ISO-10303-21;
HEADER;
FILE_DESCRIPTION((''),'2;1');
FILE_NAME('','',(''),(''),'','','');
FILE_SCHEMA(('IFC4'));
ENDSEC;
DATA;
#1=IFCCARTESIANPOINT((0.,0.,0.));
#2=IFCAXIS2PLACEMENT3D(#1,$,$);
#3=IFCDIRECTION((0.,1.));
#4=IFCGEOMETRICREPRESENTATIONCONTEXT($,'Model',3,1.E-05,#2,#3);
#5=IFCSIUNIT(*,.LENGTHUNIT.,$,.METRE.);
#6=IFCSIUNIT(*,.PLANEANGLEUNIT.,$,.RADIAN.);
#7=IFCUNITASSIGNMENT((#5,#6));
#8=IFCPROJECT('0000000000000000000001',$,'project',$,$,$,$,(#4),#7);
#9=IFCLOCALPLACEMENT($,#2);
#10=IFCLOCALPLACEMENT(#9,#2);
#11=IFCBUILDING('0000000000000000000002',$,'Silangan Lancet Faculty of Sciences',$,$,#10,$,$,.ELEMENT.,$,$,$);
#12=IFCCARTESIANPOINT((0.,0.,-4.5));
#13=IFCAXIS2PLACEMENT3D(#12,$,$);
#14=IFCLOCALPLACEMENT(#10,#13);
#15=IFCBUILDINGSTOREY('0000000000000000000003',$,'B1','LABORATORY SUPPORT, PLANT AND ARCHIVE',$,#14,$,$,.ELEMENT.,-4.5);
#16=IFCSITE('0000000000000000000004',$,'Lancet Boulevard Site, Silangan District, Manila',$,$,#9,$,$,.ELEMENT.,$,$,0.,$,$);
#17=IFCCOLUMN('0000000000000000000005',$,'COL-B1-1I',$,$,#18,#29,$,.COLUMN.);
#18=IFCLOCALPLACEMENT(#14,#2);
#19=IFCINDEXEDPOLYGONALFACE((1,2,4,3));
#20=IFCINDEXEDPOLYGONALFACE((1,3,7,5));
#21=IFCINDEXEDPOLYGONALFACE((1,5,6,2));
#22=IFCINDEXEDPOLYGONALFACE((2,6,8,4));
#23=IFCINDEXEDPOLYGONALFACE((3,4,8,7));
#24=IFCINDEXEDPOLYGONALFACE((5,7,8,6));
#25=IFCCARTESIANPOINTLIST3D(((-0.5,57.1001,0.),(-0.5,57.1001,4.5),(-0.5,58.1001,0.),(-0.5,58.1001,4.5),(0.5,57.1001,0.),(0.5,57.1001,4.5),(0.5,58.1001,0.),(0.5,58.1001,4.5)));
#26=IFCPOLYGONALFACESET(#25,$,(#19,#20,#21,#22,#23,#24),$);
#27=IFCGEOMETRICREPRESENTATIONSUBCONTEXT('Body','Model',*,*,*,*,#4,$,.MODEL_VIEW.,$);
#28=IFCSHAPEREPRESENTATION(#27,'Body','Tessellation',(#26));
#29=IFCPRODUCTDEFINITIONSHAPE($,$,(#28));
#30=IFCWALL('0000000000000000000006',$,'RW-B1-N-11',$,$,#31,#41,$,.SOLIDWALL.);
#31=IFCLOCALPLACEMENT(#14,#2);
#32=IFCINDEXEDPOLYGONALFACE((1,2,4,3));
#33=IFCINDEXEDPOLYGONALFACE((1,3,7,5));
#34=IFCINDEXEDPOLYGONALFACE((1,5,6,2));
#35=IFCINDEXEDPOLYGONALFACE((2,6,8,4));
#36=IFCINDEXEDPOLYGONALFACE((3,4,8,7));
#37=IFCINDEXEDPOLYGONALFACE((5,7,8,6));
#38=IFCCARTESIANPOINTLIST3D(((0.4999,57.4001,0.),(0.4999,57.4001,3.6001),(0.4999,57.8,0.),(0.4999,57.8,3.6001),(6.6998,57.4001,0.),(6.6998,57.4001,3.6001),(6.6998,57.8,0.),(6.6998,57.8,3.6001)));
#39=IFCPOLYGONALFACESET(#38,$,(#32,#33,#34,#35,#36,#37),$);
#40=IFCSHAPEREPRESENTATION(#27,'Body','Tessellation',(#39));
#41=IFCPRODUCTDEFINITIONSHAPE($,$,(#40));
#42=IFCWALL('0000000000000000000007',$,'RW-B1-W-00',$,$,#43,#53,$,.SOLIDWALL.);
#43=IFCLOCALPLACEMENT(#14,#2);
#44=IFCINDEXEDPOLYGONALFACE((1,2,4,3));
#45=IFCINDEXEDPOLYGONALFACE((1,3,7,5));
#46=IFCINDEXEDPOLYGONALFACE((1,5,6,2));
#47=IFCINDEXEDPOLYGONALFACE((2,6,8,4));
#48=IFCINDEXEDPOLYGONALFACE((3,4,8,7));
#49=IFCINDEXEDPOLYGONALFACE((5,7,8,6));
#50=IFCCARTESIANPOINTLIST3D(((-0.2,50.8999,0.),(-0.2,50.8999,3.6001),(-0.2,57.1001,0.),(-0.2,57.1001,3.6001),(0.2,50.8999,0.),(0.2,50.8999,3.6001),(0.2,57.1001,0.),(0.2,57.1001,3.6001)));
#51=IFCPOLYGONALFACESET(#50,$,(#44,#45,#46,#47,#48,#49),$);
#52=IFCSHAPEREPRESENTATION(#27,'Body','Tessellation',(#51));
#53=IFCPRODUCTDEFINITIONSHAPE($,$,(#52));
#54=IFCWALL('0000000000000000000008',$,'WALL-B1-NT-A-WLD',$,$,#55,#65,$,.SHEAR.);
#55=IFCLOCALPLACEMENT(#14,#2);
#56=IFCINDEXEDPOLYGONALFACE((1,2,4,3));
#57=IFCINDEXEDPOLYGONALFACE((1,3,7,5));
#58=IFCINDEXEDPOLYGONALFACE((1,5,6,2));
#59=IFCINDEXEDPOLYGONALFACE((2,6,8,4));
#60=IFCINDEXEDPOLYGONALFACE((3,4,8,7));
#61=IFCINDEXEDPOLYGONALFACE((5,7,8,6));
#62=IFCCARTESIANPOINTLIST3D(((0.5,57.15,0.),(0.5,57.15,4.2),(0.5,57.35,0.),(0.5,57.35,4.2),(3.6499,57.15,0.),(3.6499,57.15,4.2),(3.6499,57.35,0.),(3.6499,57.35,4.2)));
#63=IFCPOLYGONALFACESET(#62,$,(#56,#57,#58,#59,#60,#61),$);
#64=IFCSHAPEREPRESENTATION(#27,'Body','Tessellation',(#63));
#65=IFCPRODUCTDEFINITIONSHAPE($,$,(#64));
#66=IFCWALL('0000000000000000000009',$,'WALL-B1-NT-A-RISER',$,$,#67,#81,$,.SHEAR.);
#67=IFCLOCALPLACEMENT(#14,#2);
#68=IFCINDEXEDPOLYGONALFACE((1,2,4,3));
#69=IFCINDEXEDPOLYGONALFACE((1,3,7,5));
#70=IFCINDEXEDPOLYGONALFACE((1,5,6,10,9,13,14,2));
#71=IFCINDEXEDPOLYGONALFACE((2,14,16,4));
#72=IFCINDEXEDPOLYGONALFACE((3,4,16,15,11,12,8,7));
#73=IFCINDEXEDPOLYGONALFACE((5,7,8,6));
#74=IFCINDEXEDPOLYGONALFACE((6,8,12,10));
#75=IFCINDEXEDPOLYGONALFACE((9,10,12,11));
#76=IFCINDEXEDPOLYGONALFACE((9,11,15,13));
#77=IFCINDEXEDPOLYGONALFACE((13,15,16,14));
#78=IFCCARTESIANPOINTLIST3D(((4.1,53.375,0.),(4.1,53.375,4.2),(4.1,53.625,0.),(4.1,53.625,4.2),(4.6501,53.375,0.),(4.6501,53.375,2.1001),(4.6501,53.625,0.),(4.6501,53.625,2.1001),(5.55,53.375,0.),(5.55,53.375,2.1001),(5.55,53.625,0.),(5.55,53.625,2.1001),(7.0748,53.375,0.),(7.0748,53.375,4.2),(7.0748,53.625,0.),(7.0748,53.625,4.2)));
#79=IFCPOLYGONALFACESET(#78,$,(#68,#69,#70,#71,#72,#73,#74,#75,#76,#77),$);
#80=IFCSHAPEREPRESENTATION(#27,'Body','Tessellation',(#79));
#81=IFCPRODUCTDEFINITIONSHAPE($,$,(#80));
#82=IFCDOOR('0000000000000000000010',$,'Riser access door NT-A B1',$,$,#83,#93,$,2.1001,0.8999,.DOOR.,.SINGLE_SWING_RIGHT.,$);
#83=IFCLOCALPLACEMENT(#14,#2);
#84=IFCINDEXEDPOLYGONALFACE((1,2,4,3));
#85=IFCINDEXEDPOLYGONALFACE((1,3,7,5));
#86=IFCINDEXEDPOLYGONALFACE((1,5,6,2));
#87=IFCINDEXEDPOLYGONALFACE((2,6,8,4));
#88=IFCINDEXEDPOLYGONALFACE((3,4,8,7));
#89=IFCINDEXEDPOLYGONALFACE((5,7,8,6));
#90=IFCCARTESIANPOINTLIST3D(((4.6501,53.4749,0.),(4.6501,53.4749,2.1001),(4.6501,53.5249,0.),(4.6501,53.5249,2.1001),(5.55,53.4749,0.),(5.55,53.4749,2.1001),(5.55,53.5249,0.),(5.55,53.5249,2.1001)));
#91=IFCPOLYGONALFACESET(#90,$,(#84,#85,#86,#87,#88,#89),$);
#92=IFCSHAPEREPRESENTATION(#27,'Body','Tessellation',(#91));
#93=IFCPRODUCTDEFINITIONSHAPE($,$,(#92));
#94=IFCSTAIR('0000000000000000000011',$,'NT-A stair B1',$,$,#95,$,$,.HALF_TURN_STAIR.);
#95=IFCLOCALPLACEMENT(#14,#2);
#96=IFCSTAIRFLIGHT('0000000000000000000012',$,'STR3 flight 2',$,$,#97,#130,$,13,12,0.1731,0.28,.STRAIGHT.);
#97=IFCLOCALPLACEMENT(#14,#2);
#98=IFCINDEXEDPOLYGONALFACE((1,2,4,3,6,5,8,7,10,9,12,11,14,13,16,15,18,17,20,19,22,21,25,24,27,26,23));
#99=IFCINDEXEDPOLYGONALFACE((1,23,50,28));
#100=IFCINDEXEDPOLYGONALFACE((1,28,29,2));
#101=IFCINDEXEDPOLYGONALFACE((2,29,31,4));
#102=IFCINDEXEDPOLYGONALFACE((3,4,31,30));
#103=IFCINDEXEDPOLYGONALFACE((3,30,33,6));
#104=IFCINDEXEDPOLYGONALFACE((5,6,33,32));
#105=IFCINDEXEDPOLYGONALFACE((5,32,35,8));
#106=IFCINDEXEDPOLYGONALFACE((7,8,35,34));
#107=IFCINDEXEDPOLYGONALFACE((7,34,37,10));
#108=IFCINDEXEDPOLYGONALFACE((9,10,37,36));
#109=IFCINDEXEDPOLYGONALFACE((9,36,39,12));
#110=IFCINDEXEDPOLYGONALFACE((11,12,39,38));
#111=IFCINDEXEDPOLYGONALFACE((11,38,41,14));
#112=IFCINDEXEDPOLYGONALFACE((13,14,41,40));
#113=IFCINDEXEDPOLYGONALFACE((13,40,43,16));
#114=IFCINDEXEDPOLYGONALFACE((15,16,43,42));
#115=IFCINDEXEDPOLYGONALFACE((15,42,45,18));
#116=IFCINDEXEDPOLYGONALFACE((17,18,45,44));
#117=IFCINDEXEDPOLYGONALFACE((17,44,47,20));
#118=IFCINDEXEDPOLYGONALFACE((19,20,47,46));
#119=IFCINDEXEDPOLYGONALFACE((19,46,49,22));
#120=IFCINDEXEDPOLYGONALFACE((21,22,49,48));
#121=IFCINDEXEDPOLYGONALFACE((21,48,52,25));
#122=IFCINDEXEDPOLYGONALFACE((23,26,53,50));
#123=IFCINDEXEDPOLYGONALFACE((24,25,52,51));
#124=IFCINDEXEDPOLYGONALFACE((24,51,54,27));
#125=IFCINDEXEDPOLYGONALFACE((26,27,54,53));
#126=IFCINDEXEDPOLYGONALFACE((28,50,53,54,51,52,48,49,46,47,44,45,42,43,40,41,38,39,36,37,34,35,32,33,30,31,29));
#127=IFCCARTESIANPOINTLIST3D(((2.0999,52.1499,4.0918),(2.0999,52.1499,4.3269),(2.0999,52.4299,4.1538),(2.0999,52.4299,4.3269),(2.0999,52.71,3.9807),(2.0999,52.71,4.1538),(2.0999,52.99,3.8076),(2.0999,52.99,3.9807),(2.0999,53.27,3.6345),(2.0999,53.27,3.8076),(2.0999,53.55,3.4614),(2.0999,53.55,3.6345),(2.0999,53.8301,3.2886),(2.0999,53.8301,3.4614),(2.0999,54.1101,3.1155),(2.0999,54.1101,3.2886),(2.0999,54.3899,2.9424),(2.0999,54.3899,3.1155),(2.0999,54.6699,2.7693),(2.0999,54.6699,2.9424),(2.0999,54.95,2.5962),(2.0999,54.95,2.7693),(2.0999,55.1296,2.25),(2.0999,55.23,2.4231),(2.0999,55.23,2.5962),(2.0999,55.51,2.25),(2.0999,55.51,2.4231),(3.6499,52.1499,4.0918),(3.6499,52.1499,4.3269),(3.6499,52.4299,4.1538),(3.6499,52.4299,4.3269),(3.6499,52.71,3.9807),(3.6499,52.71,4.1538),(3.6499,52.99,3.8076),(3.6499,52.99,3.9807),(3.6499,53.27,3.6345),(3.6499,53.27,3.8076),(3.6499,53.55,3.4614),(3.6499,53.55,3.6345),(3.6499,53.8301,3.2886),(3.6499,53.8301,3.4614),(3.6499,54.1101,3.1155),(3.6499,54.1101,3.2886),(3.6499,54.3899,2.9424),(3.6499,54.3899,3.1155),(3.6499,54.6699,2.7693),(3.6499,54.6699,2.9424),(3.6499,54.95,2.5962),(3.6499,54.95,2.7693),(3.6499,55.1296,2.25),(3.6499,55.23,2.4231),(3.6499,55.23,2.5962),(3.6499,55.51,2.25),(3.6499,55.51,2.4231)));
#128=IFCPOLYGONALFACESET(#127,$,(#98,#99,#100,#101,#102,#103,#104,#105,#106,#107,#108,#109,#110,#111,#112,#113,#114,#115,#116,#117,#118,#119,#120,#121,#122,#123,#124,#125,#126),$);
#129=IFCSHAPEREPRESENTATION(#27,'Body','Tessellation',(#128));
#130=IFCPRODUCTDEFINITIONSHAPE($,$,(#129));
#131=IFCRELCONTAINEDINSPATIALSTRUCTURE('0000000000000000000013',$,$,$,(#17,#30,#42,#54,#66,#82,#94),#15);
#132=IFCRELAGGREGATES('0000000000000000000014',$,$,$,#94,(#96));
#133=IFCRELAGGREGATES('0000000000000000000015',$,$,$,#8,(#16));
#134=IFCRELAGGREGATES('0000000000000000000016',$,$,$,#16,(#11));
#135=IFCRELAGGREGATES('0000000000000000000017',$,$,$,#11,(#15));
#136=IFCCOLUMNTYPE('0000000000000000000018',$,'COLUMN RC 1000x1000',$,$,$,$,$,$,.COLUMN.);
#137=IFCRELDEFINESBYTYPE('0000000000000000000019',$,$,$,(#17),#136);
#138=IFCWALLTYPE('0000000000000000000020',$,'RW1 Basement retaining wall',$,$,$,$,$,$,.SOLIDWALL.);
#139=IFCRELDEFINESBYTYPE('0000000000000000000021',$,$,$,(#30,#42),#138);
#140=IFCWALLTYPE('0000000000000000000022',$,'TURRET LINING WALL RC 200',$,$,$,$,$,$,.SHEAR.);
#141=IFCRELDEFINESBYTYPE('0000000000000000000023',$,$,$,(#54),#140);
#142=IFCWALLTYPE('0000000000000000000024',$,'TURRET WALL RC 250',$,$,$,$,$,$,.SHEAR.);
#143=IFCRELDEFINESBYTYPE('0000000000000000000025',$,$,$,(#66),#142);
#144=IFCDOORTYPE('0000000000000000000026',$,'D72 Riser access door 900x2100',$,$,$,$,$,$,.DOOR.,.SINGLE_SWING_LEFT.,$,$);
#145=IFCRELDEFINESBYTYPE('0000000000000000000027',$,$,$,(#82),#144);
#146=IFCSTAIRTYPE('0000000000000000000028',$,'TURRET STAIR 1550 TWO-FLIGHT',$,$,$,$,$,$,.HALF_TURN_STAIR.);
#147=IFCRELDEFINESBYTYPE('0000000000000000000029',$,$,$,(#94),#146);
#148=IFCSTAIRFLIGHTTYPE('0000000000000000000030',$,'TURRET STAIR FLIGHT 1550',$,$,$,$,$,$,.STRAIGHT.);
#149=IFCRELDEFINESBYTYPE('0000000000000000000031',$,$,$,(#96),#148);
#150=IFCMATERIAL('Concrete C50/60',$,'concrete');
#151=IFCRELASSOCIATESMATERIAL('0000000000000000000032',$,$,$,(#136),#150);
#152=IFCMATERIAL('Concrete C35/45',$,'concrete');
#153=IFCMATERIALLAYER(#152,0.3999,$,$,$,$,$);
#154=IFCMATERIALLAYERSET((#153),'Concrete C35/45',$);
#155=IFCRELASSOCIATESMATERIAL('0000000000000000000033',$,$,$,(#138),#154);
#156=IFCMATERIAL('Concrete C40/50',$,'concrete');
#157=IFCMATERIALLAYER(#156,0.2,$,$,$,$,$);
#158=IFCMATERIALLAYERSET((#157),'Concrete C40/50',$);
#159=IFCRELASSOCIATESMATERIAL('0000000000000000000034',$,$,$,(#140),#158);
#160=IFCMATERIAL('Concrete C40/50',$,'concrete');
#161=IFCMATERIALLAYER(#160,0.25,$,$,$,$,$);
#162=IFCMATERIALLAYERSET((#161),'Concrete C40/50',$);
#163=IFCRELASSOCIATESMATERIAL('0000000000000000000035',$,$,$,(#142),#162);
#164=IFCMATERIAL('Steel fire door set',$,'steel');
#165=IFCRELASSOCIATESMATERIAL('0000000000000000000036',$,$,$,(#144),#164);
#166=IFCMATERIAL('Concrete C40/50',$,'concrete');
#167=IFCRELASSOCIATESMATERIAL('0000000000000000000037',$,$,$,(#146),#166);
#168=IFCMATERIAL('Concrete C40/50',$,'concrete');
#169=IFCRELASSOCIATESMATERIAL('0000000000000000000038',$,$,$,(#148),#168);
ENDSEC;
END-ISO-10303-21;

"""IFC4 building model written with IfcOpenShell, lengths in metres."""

from ifc_helpers import new_model, si_unit, direction, frame, frame_2d, origin, origin_2d, place, context, subcontext, project, spatial, polyline, rectangle, outline, extrude, material, layer, layer_set, material_profile, profile_set, type_object, element, fill, aggregate, save


model = new_model("IFC4")

# Units and contexts
model_context = context("Model", 3, precision=1e-05, world=origin(), true_north=direction((0.0, 1.0)))
body_context = subcontext(model_context, "Body", "Model", "MODEL_VIEW")
ifc_project = project(units=[si_unit("LENGTHUNIT", "METRE"), si_unit("PLANEANGLEUNIT", "RADIAN")], contexts=[model_context])

# Site, building, storey
site_placement = place(None, origin())
site = spatial("IfcSite", under=ifc_project, at=site_placement, Name="Lancet Boulevard Site, Silangan District, Manila", CompositionType="ELEMENT", RefElevation=0.0)
building_placement = place(site_placement, origin())
building = spatial("IfcBuilding", under=site, at=building_placement, Name="Silangan Lancet Faculty of Sciences", CompositionType="ELEMENT")
storey_placement = place(building_placement, frame((0.0, 0.0, -4.5)))
storey = spatial("IfcBuildingStorey", under=building, at=storey_placement, Name="B1", Description="LABORATORY SUPPORT, PLANT AND ARCHIVE", CompositionType="ELEMENT", Elevation=-4.5)

# Column
ifc_material_1 = material(Name="Concrete C50/60", Category="concrete")
ifc_material_profile_1 = material_profile(ifc_material_1, rectangle(XDim=1.0, YDim=1.0, at=origin_2d()), Name="RC 1000x1000")
ifc_profile_set_1 = profile_set([ifc_material_profile_1], Name="Concrete C50/60")
column_type = type_object("IfcColumnType", Name="COLUMN RC 1000x1000", PredefinedType="COLUMN", material=ifc_profile_set_1)
column_placement = place(storey_placement, frame((0.0, 57.6001, 0.0), z_axis=(0.0, 0.0, 1.0), x_axis=(1.0, 0.0, 0.0)))
element("IfcColumn", 1, at=column_placement, inside=storey, type_object=column_type, Name="COL-B1-1I", PredefinedType="COLUMN", context=body_context, shape_type="SweptSolid", body=[
    extrude(rectangle(XDim=1.0, YDim=1.0, at=origin_2d()), origin(), (0.0, 0.0, 1.0), 4.5),
])

# Walls
ifc_material_2 = material(Name="Concrete C35/45", Category="concrete")
ifc_layer_1 = layer(ifc_material_2, 0.3999)
ifc_layer_set_1 = layer_set([ifc_layer_1], Name="Concrete C35/45")
wall_type_1 = type_object("IfcWallType", Name="RW1 Basement retaining wall", PredefinedType="SOLIDWALL", material=ifc_layer_set_1)
wall_1_placement = place(storey_placement, frame((6.7, 57.6001, 0.0), z_axis=(0.0, 0.0, 1.0), x_axis=(-1.0, 0.0, 0.0)))
element("IfcWall", 2, at=wall_1_placement, inside=storey, type_object=wall_type_1, Name="RW-B1-N-11", PredefinedType="SOLIDWALL", context=body_context, shape_type="SweptSolid", body=[
    extrude(rectangle(XDim=6.2, YDim=0.3999, at=frame_2d((3.1001, 0.0))), origin(), (0.0, 0.0, 1.0), 3.6001),
])
wall_2_placement = place(storey_placement, frame((0.0, 57.1001, 0.0), z_axis=(0.0, 0.0, 1.0), x_axis=(0.0, -1.0, 0.0)))
element("IfcWall", 3, at=wall_2_placement, inside=storey, type_object=wall_type_1, Name="RW-B1-W-00", PredefinedType="SOLIDWALL", context=body_context, shape_type="SweptSolid", body=[
    extrude(rectangle(XDim=6.2002, YDim=0.3999, at=frame_2d((3.1001, 0.0))), origin(), (0.0, 0.0, 1.0), 3.6001),
])
ifc_material_3 = material(Name="Concrete C40/50", Category="concrete")
ifc_layer_2 = layer(ifc_material_3, 0.2)
ifc_layer_set_2 = layer_set([ifc_layer_2], Name="Concrete C40/50")
wall_type_2 = type_object("IfcWallType", Name="TURRET LINING WALL RC 200", PredefinedType="SHEAR", material=ifc_layer_set_2)
wall_3_placement = place(storey_placement, frame((0.5, 57.25, 0.0), z_axis=(0.0, 0.0, 1.0), x_axis=(1.0, 0.0, 0.0)))
element("IfcWall", 4, at=wall_3_placement, inside=storey, type_object=wall_type_2, Name="WALL-B1-NT-A-WLD", PredefinedType="SHEAR", context=body_context, shape_type="SweptSolid", body=[
    extrude(rectangle(XDim=3.1499, YDim=0.2, at=frame_2d((1.575, 0.0))), origin(), (0.0, 0.0, 1.0), 4.2),
])

# Wall, opening, door
ifc_material_4 = material(Name="Concrete C40/50", Category="concrete")
ifc_layer_3 = layer(ifc_material_4, 0.25)
ifc_layer_set_3 = layer_set([ifc_layer_3], Name="Concrete C40/50")
wall_type_3 = type_object("IfcWallType", Name="TURRET WALL RC 250", PredefinedType="SHEAR", material=ifc_layer_set_3)
wall_4_placement = place(storey_placement, frame((4.1001, 53.5, 0.0), z_axis=(0.0, 0.0, 1.0), x_axis=(1.0, 0.0, 0.0)))
wall_4 = element("IfcWall", 5, at=wall_4_placement, inside=storey, type_object=wall_type_3, Name="WALL-B1-NT-A-RISER", PredefinedType="SHEAR", context=body_context, shape_type="SweptSolid", body=[
    extrude(rectangle(XDim=2.9749, YDim=0.25, at=frame_2d((1.4873, 0.0))), origin(), (0.0, 0.0, 1.0), 4.2),
])
opening_placement = place(wall_4_placement, frame((0.55, 0.0, 0.0)))
opening = element("IfcOpeningElement", 6, at=opening_placement, cuts=wall_4, PredefinedType="OPENING", context=body_context, shape_type="SweptSolid", body=[
    extrude(rectangle(XDim=0.8999, YDim=2.1001, at=frame_2d((0.45, 1.05))), frame((0.0, 0.135, 0.0), z_axis=(0.0, -1.0, 0.0), x_axis=(1.0, 0.0, 0.0)), (0.0, 0.0, 1.0), 0.27),
])
ifc_material_5 = material(Name="Steel fire door set", Category="steel")
door_type = type_object("IfcDoorType", Name="D72 Riser access door 900x2100", OperationType="SINGLE_SWING_LEFT", PredefinedType="DOOR", material=ifc_material_5)
door_placement = place(opening_placement, origin())
door = element("IfcDoor", 7, at=door_placement, inside=storey, type_object=door_type, Name="Riser access door NT-A B1", OperationType="SINGLE_SWING_RIGHT", OverallHeight=2.1001, OverallWidth=0.8999, PredefinedType="DOOR", context=body_context, shape_type="SweptSolid", body=[
    extrude(rectangle(XDim=0.8999, YDim=2.1001, at=frame_2d((0.45, 1.05))), frame((0.0, 0.0249, 0.0), z_axis=(0.0, -1.0, 0.0), x_axis=(1.0, 0.0, 0.0)), (0.0, 0.0, 1.0), 0.05),
])
fill(opening, door)

# Stair, stair flight
ifc_material_6 = material(Name="Concrete C40/50", Category="concrete")
stair_type = type_object("IfcStairType", Name="TURRET STAIR 1550 TWO-FLIGHT", PredefinedType="HALF_TURN_STAIR", material=ifc_material_6)
stair_placement = place(storey_placement, origin())
stair = element("IfcStair", 8, at=stair_placement, inside=storey, type_object=stair_type, Name="NT-A stair B1", PredefinedType="HALF_TURN_STAIR")
ifc_material_7 = material(Name="Concrete C40/50", Category="concrete")
stair_flight_type = type_object("IfcStairFlightType", Name="TURRET STAIR FLIGHT 1550", PredefinedType="STRAIGHT", material=ifc_material_7)
stair_flight_placement = place(storey_placement, frame((2.875, 55.51, 2.25), z_axis=(0.0, 0.0, 1.0), x_axis=(0.0, -1.0, 0.0)))
stair_flight = element("IfcStairFlight", 9, at=stair_flight_placement, type_object=stair_flight_type, Name="STR3 flight 2", NumberOfRisers=13, NumberOfTreads=12, PredefinedType="STRAIGHT", RiserHeight=0.1731, TreadLength=0.28, context=body_context, shape_type="SweptSolid", body=[
    extrude(outline(polyline([(0.0, 0.0), (0.0, 0.1731), (0.28, 0.1731), (0.28, 0.3462), (0.5601, 0.3462), (0.5601, 0.5193), (0.8401, 0.5193), (0.8401, 0.6924), (1.1201, 0.6924), (1.1201, 0.8655), (1.3999, 0.8655), (1.3999, 1.0386), (1.6799, 1.0386), (1.6799, 1.2114), (1.96, 1.2114), (1.96, 1.3845), (2.24, 1.3845), (2.24, 1.5576), (2.52, 1.5576), (2.52, 1.7307), (2.8, 1.7307), (2.8, 1.9038), (3.0801, 1.9038), (3.0801, 2.0769), (3.3601, 2.0769), (3.3601, 2.25), (3.3601, 1.8418), (0.3804, 0.0), (0.0, 0.0)])), frame((0.0, 0.7749, 0.0), z_axis=(0.0, -1.0, 0.0), x_axis=(1.0, 0.0, 0.0)), (0.0, 0.0, 1.0), 1.55),
])
aggregate(stair, [stair_flight])

save(model, "model.ifc")
